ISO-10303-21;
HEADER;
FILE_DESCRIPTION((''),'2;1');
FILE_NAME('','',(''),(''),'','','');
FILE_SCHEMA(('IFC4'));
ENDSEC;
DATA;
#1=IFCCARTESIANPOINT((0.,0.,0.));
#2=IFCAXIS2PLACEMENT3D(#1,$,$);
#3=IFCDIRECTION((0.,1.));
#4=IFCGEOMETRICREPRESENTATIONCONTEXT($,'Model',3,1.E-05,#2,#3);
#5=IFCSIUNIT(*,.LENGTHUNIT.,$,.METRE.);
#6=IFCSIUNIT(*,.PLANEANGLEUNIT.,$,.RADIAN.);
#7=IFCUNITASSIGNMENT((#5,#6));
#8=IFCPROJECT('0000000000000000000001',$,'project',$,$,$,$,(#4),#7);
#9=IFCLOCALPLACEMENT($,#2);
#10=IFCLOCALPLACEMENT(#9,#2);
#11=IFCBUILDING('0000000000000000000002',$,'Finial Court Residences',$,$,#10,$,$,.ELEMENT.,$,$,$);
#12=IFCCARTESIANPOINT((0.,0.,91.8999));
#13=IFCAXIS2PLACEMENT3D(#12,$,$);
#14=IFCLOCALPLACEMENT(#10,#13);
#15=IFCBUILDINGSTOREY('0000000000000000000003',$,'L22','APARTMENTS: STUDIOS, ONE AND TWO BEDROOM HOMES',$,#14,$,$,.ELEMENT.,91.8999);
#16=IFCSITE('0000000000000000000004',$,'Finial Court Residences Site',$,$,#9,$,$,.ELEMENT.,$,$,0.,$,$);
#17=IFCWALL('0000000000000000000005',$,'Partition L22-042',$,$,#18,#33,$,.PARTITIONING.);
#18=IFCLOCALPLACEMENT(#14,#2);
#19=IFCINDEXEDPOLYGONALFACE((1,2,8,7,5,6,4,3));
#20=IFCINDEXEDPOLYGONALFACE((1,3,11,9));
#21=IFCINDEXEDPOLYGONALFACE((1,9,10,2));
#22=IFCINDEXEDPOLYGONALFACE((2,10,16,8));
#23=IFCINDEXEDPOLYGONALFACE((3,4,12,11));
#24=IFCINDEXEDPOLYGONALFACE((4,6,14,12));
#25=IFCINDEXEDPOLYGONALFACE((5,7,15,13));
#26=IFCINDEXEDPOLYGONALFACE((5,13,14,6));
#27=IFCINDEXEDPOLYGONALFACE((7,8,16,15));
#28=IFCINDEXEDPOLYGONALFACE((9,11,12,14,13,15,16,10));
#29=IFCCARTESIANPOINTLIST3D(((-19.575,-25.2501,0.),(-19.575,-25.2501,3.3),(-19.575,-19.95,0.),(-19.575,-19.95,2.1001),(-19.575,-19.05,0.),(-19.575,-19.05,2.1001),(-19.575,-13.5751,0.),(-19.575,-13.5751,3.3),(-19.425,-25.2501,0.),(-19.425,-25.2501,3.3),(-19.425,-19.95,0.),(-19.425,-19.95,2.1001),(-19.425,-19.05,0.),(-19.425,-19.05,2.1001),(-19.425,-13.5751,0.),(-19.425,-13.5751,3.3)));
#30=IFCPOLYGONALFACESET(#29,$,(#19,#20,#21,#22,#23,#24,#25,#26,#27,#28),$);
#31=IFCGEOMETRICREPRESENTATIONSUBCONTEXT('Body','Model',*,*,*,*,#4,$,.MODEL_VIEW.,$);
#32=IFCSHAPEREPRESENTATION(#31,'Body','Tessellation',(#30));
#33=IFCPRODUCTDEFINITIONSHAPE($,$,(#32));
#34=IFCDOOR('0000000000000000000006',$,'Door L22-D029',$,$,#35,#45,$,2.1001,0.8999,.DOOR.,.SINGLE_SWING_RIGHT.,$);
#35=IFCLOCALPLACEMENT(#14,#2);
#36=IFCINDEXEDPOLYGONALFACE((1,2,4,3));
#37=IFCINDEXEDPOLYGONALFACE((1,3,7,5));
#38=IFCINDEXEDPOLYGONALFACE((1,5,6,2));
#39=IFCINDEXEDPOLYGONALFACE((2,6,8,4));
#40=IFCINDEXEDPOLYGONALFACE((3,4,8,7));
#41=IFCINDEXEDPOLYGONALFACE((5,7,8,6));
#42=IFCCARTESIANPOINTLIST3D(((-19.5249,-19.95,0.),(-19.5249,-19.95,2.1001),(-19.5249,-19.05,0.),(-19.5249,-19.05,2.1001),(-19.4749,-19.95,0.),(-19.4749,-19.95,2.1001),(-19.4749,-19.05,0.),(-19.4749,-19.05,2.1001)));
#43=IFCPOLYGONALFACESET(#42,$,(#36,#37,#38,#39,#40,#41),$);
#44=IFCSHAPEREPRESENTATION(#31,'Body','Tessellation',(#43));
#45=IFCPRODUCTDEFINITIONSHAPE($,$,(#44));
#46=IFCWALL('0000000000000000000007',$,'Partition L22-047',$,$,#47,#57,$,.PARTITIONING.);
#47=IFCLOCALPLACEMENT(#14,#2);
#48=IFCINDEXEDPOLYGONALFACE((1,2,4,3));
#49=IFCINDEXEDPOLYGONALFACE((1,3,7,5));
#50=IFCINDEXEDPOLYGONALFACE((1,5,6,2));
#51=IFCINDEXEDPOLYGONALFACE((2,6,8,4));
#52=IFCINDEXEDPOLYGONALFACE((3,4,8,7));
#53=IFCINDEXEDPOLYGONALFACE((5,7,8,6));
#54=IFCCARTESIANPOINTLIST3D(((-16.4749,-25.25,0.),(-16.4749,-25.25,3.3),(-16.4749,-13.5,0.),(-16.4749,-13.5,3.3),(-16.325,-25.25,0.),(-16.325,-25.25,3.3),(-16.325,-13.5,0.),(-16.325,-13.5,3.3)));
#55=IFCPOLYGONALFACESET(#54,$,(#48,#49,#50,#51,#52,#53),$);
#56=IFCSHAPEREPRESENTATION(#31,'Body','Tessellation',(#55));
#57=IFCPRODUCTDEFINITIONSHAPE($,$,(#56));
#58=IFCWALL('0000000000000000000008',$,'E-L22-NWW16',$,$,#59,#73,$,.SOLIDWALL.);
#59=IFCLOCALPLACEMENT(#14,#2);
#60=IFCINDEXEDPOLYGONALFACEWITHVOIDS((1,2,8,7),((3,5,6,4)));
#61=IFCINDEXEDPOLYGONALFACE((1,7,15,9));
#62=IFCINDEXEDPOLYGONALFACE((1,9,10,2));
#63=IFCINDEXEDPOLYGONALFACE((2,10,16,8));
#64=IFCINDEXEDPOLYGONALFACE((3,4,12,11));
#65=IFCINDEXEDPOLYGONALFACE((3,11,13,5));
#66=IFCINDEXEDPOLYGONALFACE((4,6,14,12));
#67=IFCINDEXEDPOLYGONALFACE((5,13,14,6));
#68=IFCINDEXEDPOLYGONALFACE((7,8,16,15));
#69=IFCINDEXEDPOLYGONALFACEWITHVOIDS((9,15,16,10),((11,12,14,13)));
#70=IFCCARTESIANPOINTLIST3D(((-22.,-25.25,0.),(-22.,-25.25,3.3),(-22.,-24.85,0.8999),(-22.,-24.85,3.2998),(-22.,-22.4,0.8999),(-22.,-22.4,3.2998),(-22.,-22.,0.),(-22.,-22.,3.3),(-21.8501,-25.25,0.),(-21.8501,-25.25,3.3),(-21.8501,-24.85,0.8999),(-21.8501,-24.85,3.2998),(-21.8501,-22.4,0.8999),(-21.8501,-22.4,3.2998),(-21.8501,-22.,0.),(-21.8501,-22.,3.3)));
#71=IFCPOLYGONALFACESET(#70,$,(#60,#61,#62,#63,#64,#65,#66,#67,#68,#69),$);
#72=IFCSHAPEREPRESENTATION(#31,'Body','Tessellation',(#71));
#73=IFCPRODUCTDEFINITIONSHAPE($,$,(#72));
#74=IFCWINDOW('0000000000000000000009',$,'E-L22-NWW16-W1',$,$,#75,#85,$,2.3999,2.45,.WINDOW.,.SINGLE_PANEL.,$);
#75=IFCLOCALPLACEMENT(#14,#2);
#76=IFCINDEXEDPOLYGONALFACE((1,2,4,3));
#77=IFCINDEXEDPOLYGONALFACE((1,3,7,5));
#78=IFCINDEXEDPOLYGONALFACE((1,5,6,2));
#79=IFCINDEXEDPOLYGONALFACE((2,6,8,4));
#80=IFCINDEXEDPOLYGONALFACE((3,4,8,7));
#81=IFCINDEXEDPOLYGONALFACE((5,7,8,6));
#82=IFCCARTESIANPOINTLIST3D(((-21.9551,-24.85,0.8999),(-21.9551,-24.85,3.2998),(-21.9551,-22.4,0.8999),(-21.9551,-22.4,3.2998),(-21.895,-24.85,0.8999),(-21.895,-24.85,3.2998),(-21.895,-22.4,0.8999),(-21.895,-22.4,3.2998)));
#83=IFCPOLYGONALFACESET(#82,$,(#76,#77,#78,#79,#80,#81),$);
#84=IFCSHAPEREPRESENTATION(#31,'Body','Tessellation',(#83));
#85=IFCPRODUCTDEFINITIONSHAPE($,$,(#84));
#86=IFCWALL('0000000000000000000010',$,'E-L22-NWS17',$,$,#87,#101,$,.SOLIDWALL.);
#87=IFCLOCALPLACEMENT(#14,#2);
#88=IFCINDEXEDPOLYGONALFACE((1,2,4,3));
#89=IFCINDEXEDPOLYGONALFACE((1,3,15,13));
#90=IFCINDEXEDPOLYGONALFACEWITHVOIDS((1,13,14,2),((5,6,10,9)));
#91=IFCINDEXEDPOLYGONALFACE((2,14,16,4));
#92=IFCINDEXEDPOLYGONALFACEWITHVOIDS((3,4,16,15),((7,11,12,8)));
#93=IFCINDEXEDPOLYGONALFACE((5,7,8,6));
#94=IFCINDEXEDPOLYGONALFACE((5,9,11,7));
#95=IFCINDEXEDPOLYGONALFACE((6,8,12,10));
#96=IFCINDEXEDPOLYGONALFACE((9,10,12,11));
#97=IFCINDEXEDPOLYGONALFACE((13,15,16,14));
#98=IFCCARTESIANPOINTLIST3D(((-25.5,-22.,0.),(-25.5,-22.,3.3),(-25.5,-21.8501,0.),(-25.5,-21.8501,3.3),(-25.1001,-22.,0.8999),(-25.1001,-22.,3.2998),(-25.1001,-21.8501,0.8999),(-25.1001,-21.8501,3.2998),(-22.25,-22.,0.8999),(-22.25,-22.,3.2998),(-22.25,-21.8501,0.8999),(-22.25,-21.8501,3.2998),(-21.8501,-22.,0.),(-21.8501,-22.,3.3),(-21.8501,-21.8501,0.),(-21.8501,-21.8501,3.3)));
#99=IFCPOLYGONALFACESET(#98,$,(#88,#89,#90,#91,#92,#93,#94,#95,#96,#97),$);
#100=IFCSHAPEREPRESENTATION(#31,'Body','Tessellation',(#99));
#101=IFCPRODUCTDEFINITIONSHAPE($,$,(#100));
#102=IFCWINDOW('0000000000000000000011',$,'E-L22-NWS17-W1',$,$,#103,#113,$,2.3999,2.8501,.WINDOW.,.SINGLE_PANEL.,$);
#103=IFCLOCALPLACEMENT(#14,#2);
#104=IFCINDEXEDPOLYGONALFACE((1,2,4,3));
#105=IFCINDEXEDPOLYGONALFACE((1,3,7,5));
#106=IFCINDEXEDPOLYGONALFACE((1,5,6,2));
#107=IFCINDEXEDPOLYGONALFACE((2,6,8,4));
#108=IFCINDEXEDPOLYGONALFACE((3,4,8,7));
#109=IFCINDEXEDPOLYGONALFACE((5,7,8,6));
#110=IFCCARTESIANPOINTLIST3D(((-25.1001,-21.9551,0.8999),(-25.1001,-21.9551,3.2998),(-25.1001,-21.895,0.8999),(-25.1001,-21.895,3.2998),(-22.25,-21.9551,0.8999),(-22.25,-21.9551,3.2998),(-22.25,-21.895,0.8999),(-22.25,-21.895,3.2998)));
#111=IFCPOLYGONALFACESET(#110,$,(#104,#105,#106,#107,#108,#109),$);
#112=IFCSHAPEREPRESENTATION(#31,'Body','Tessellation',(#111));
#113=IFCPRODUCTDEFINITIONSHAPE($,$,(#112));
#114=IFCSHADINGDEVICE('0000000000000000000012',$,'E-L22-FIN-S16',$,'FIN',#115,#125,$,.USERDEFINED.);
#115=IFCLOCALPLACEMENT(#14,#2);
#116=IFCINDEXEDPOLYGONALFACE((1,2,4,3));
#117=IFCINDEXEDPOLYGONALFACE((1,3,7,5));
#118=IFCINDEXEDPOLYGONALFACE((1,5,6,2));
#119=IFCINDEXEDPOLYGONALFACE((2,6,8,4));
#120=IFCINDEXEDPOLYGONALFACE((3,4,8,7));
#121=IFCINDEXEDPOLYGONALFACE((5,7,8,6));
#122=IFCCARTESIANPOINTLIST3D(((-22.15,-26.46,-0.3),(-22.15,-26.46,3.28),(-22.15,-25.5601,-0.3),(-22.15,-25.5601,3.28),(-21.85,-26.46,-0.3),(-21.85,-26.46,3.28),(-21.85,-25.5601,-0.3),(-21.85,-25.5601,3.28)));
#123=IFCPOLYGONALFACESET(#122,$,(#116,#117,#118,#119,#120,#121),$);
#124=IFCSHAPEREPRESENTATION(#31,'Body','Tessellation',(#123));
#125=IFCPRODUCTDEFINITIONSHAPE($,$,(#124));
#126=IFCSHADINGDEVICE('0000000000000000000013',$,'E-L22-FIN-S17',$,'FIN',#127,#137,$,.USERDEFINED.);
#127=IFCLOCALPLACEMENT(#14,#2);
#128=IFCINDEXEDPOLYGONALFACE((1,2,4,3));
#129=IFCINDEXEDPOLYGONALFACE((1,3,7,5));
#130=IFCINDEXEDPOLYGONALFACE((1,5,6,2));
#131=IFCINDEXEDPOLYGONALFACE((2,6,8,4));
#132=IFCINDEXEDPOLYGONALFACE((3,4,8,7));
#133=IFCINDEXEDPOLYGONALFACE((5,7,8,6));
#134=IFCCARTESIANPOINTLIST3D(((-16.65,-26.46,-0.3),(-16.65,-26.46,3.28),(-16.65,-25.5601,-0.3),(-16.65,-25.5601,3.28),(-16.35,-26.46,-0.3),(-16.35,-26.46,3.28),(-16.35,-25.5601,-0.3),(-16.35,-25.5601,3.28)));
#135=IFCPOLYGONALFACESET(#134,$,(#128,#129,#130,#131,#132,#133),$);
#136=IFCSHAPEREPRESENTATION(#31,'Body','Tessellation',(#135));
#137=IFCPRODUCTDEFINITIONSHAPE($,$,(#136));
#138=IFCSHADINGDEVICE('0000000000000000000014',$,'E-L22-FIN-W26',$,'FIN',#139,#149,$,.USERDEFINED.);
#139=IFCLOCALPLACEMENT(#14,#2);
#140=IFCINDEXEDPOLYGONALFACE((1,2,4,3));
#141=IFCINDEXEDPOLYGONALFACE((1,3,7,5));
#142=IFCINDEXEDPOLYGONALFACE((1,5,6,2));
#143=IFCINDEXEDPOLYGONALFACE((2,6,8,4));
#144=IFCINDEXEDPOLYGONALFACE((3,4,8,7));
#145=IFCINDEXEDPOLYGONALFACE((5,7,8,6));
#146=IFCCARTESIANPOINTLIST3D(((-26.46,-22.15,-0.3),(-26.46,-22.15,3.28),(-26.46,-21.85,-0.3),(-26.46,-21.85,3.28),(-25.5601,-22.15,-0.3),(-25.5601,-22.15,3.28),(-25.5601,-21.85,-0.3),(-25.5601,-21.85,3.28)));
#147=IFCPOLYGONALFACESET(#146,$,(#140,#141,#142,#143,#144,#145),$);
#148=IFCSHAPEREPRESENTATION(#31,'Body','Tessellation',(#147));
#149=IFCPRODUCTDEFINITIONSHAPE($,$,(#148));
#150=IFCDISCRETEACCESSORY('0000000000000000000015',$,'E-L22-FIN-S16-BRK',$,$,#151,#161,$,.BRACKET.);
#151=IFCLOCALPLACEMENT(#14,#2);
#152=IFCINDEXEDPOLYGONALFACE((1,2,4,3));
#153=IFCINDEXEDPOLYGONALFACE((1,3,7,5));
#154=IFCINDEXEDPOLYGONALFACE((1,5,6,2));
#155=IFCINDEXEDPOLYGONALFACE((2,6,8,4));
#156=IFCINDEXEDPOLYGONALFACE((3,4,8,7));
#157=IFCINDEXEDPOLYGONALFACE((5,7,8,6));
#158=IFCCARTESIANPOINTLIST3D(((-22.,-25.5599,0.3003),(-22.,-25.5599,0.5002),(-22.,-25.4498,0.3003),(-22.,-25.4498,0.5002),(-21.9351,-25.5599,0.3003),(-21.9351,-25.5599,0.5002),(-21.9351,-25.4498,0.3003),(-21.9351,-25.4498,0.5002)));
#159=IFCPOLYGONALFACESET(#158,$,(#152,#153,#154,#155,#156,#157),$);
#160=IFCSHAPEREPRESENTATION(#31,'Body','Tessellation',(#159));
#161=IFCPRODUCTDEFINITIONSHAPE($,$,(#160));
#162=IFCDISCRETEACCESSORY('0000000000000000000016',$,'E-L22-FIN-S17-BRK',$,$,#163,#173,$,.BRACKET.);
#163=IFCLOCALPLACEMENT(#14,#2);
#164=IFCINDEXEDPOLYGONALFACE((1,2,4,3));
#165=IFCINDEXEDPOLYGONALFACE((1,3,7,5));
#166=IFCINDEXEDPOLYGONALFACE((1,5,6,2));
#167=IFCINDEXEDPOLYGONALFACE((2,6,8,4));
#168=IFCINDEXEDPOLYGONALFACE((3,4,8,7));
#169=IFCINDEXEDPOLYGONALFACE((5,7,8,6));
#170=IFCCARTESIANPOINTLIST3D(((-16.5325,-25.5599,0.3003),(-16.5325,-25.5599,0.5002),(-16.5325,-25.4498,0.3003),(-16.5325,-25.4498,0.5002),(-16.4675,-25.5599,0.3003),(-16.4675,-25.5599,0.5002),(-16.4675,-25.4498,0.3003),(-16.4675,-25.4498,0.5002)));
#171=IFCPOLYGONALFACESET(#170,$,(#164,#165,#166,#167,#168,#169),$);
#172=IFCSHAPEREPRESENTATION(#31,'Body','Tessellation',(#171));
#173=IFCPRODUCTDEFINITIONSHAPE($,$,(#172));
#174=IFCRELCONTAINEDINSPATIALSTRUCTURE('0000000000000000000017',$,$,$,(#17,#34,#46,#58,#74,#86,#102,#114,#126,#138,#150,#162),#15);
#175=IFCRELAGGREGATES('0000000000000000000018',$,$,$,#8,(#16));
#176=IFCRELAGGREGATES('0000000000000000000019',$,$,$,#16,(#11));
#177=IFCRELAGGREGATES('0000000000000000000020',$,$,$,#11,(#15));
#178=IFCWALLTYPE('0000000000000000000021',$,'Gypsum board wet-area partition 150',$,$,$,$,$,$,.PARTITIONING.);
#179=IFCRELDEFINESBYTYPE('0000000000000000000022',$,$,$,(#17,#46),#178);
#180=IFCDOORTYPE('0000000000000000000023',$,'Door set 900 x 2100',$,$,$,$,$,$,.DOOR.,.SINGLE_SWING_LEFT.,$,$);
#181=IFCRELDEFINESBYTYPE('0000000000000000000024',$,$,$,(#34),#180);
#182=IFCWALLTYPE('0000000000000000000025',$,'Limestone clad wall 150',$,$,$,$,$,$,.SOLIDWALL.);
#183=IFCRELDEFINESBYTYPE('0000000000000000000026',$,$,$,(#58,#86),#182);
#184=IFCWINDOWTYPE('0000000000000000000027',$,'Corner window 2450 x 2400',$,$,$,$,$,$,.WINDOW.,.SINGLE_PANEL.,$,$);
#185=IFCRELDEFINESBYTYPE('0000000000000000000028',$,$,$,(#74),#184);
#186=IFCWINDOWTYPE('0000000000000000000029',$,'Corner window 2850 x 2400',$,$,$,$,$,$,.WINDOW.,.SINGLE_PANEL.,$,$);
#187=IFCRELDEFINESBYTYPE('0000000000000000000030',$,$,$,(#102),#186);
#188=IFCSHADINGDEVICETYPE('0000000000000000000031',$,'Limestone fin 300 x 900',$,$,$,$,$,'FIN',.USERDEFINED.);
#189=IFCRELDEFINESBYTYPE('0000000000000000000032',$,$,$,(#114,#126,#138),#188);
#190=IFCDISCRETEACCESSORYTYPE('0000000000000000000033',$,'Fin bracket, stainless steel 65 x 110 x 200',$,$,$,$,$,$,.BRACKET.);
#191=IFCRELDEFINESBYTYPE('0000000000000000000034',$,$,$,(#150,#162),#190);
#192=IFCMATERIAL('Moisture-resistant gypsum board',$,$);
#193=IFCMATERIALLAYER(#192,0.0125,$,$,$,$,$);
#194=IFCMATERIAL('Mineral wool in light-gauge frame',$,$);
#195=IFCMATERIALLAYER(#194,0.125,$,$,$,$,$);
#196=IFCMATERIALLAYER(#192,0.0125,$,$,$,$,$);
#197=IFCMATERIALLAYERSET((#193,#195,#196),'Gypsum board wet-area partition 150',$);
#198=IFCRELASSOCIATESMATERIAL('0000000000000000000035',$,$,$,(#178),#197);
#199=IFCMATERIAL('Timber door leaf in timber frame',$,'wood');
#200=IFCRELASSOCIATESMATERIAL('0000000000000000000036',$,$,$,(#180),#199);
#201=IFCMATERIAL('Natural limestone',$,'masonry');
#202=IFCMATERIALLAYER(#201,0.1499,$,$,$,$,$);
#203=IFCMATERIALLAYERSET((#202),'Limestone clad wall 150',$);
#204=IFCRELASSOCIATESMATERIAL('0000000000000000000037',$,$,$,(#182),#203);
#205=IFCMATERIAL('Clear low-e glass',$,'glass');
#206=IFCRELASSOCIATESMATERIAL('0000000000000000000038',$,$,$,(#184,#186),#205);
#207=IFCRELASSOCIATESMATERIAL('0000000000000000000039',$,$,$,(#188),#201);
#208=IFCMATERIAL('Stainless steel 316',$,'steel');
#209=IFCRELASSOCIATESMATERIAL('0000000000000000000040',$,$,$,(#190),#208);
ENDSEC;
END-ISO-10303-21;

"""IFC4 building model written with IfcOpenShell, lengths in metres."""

from ifc_helpers import new_model, si_unit, direction, frame, frame_2d, origin, origin_2d, place, context, subcontext, project, spatial, rectangle, extrude, material, layer, layer_set, type_object, element, fill, save


model = new_model("IFC4")

# Units and contexts
model_context = context("Model", 3, precision=1e-05, world=origin(), true_north=direction((0.0, 1.0)))
body_context = subcontext(model_context, "Body", "Model", "MODEL_VIEW")
ifc_project = project(units=[si_unit("LENGTHUNIT", "METRE"), si_unit("PLANEANGLEUNIT", "RADIAN")], contexts=[model_context])

# Site, building, storey
site_placement = place(None, origin())
site = spatial("IfcSite", under=ifc_project, at=site_placement, Name="Finial Court Residences Site", CompositionType="ELEMENT", RefElevation=0.0)
building_placement = place(site_placement, origin())
building = spatial("IfcBuilding", under=site, at=building_placement, Name="Finial Court Residences", CompositionType="ELEMENT")
storey_placement = place(building_placement, frame((0.0, 0.0, 91.8999)))
storey = spatial("IfcBuildingStorey", under=building, at=storey_placement, Name="L22", Description="APARTMENTS: STUDIOS, ONE AND TWO BEDROOM HOMES", CompositionType="ELEMENT", Elevation=91.8999)

# Shared definitions
ifc_material_1 = material(Name="Clear low-e glass", Category="glass")

# Wall, opening, door
ifc_material_2 = material(Name="Moisture-resistant gypsum board")
ifc_layer_1 = layer(ifc_material_2, 0.0125)
ifc_material_3 = material(Name="Mineral wool in light-gauge frame")
ifc_layer_2 = layer(ifc_material_3, 0.125)
ifc_layer_3 = layer(ifc_material_2, 0.0125)
ifc_layer_set_1 = layer_set([ifc_layer_1, ifc_layer_2, ifc_layer_3], Name="Gypsum board wet-area partition 150")
wall_type_1 = type_object("IfcWallType", Name="Gypsum board wet-area partition 150", PredefinedType="PARTITIONING", material=ifc_layer_set_1)
ifc_material_4 = material(Name="Timber door leaf in timber frame", Category="wood")
door_type = type_object("IfcDoorType", Name="Door set 900 x 2100", OperationType="SINGLE_SWING_LEFT", PredefinedType="DOOR", material=ifc_material_4)
wall_1_placement = place(storey_placement, frame((-19.5, -25.25, 0.0), z_axis=(0.0, 0.0, 1.0), x_axis=(0.0, 1.0, 0.0)))
wall_1 = element("IfcWall", 1, at=wall_1_placement, inside=storey, type_object=wall_type_1, Name="Partition L22-042", PredefinedType="PARTITIONING", context=body_context, shape_type="SweptSolid", body=[
    extrude(rectangle(XDim=11.675, YDim=0.1499, at=frame_2d((5.8374, 0.0))), origin(), (0.0, 0.0, 1.0), 3.3),
])
opening_1_placement = place(wall_1_placement, frame((5.3, 0.0, 0.0)))
opening_1 = element("IfcOpeningElement", 2, at=opening_1_placement, cuts=wall_1, PredefinedType="OPENING", context=body_context, shape_type="SweptSolid", body=[
    extrude(rectangle(XDim=0.8999, YDim=2.1001, at=frame_2d((0.45, 1.05))), frame((0.0, 0.085, 0.0), z_axis=(0.0, -1.0, 0.0), x_axis=(1.0, 0.0, 0.0)), (0.0, 0.0, 1.0), 0.1699),
])
door_1_placement = place(opening_1_placement, origin())
door_1 = element("IfcDoor", 3, at=door_1_placement, inside=storey, type_object=door_type, Name="Door L22-D029", OperationType="SINGLE_SWING_RIGHT", OverallHeight=2.1001, OverallWidth=0.8999, PredefinedType="DOOR", context=body_context, shape_type="SweptSolid", body=[
    extrude(rectangle(XDim=0.8999, YDim=2.1001, at=frame_2d((0.45, 1.05))), frame((0.0, 0.0249, 0.0), z_axis=(0.0, -1.0, 0.0), x_axis=(1.0, 0.0, 0.0)), (0.0, 0.0, 1.0), 0.05),
])
fill(opening_1, door_1)

# Wall
wall_2_placement = place(storey_placement, frame((-16.3999, -25.25, 0.0), z_axis=(0.0, 0.0, 1.0), x_axis=(0.0, 1.0, 0.0)))
element("IfcWall", 4, at=wall_2_placement, inside=storey, type_object=wall_type_1, Name="Partition L22-047", PredefinedType="PARTITIONING", context=body_context, shape_type="SweptSolid", body=[
    extrude(rectangle(XDim=11.75, YDim=0.1499, at=frame_2d((5.875, 0.0))), origin(), (0.0, 0.0, 1.0), 3.3),
])

# Walls, openings, windows
ifc_material_5 = material(Name="Natural limestone", Category="masonry")
ifc_layer_4 = layer(ifc_material_5, 0.1499)
ifc_layer_set_2 = layer_set([ifc_layer_4], Name="Limestone clad wall 150")
wall_type_2 = type_object("IfcWallType", Name="Limestone clad wall 150", PredefinedType="SOLIDWALL", material=ifc_layer_set_2)
wall_3_placement = place(storey_placement, frame((-21.925, -25.25, 0.0), z_axis=(0.0, 0.0, 1.0), x_axis=(0.0, 1.0, 0.0)))
wall_3 = element("IfcWall", 5, at=wall_3_placement, inside=storey, type_object=wall_type_2, Name="E-L22-NWW16", PredefinedType="SOLIDWALL", context=body_context, shape_type="SweptSolid", body=[
    extrude(rectangle(XDim=3.25, YDim=0.1499, at=frame_2d((1.625, 0.0))), origin(), (0.0, 0.0, 1.0), 3.3),
])
opening_2_placement = place(wall_3_placement, frame((0.3999, 0.0, 0.8999)))
opening_2 = element("IfcOpeningElement", 6, at=opening_2_placement, cuts=wall_3, PredefinedType="OPENING", context=body_context, shape_type="SweptSolid", body=[
    extrude(rectangle(XDim=2.45, YDim=2.3999, at=frame_2d((1.2251, 1.2))), frame((0.0, 0.085, 0.0), z_axis=(0.0, -1.0, 0.0), x_axis=(1.0, 0.0, 0.0)), (0.0, 0.0, 1.0), 0.1699),
])
window_type_1 = type_object("IfcWindowType", Name="Corner window 2450 x 2400", PartitioningType="SINGLE_PANEL", PredefinedType="WINDOW", material=ifc_material_1)
window_1_placement = place(opening_2_placement, origin())
window_1 = element("IfcWindow", 7, at=window_1_placement, inside=storey, type_object=window_type_1, Name="E-L22-NWW16-W1", OverallHeight=2.3999, OverallWidth=2.45, PartitioningType="SINGLE_PANEL", PredefinedType="WINDOW", context=body_context, shape_type="SweptSolid", body=[
    extrude(rectangle(XDim=2.45, YDim=2.3999, at=frame_2d((1.2251, 1.2))), frame((0.0, 0.03, 0.0), z_axis=(0.0, -1.0, 0.0), x_axis=(1.0, 0.0, 0.0)), (0.0, 0.0, 1.0), 0.0601),
])
fill(opening_2, window_1)
wall_4_placement = place(storey_placement, frame((-21.8501, -21.925, 0.0), z_axis=(0.0, 0.0, 1.0), x_axis=(-1.0, 0.0, 0.0)))
wall_4 = element("IfcWall", 8, at=wall_4_placement, inside=storey, type_object=wall_type_2, Name="E-L22-NWS17", PredefinedType="SOLIDWALL", context=body_context, shape_type="SweptSolid", body=[
    extrude(rectangle(XDim=3.6499, YDim=0.1499, at=frame_2d((1.825, 0.0))), origin(), (0.0, 0.0, 1.0), 3.3),
])
opening_3_placement = place(wall_4_placement, frame((0.3999, 0.0, 0.8999)))
opening_3 = element("IfcOpeningElement", 9, at=opening_3_placement, cuts=wall_4, PredefinedType="OPENING", context=body_context, shape_type="SweptSolid", body=[
    extrude(rectangle(XDim=2.8501, YDim=2.3999, at=frame_2d((1.425, 1.2))), frame((0.0, 0.085, 0.0), z_axis=(0.0, -1.0, 0.0), x_axis=(1.0, 0.0, 0.0)), (0.0, 0.0, 1.0), 0.1699),
])
window_type_2 = type_object("IfcWindowType", Name="Corner window 2850 x 2400", PartitioningType="SINGLE_PANEL", PredefinedType="WINDOW", material=ifc_material_1)
window_2_placement = place(opening_3_placement, origin())
window_2 = element("IfcWindow", 10, at=window_2_placement, inside=storey, type_object=window_type_2, Name="E-L22-NWS17-W1", OverallHeight=2.3999, OverallWidth=2.8501, PartitioningType="SINGLE_PANEL", PredefinedType="WINDOW", context=body_context, shape_type="SweptSolid", body=[
    extrude(rectangle(XDim=2.8501, YDim=2.3999, at=frame_2d((1.425, 1.2))), frame((0.0, 0.03, 0.0), z_axis=(0.0, -1.0, 0.0), x_axis=(1.0, 0.0, 0.0)), (0.0, 0.0, 1.0), 0.0601),
])
fill(opening_3, window_2)

# Shading devices
shading_device_type = type_object("IfcShadingDeviceType", Name="Limestone fin 300 x 900", ElementType="FIN", PredefinedType="USERDEFINED", material=ifc_material_5)
for number, where, z_axis, x_axis, name in (
    (11, (-22.0, -26.01, -0.3), (0.0, 0.0, 1.0), (1.0, 0.0, 0.0), "E-L22-FIN-S16"),
    (12, (-16.5, -26.01, -0.3), (0.0, 0.0, 1.0), (1.0, 0.0, 0.0), "E-L22-FIN-S17"),
):
    element("IfcShadingDevice", number, at=place(storey_placement, frame(where, z_axis=z_axis, x_axis=x_axis)), inside=storey, type_object=shading_device_type, Name=name, ObjectType="FIN", PredefinedType="USERDEFINED", context=body_context, shape_type="SweptSolid", body=[
        extrude(rectangle(XDim=0.3, YDim=0.8999, at=origin_2d()), origin(), (0.0, 0.0, 1.0), 3.5801),
    ])
shading_device_placement = place(storey_placement, frame((-26.01, -22.0, -0.3), z_axis=(0.0, 0.0, 1.0), x_axis=(1.0, 0.0, 0.0)))
element("IfcShadingDevice", 13, at=shading_device_placement, inside=storey, type_object=shading_device_type, Name="E-L22-FIN-W26", ObjectType="FIN", PredefinedType="USERDEFINED", context=body_context, shape_type="SweptSolid", body=[
    extrude(rectangle(XDim=0.8999, YDim=0.3, at=origin_2d()), origin(), (0.0, 0.0, 1.0), 3.5801),
])

# Discrete accessories
ifc_material_6 = material(Name="Stainless steel 316", Category="steel")
discrete_accessory_type = type_object("IfcDiscreteAccessoryType", Name="Fin bracket, stainless steel 65 x 110 x 200", PredefinedType="BRACKET", material=ifc_material_6)
for number, where, z_axis, x_axis, name in (
    (14, (-21.9675, -25.5049, 0.3003), (0.0, 0.0, 1.0), (1.0, 0.0, 0.0), "E-L22-FIN-S16-BRK"),
    (15, (-16.5, -25.5049, 0.3003), (0.0, 0.0, 1.0), (1.0, 0.0, 0.0), "E-L22-FIN-S17-BRK"),
):
    element("IfcDiscreteAccessory", number, at=place(storey_placement, frame(where, z_axis=z_axis, x_axis=x_axis)), inside=storey, type_object=discrete_accessory_type, Name=name, PredefinedType="BRACKET", context=body_context, shape_type="SweptSolid", body=[
        extrude(rectangle(XDim=0.0649, YDim=0.1101, at=origin_2d()), origin(), (0.0, 0.0, 1.0), 0.2),
    ])

save(model, "model.ifc")
